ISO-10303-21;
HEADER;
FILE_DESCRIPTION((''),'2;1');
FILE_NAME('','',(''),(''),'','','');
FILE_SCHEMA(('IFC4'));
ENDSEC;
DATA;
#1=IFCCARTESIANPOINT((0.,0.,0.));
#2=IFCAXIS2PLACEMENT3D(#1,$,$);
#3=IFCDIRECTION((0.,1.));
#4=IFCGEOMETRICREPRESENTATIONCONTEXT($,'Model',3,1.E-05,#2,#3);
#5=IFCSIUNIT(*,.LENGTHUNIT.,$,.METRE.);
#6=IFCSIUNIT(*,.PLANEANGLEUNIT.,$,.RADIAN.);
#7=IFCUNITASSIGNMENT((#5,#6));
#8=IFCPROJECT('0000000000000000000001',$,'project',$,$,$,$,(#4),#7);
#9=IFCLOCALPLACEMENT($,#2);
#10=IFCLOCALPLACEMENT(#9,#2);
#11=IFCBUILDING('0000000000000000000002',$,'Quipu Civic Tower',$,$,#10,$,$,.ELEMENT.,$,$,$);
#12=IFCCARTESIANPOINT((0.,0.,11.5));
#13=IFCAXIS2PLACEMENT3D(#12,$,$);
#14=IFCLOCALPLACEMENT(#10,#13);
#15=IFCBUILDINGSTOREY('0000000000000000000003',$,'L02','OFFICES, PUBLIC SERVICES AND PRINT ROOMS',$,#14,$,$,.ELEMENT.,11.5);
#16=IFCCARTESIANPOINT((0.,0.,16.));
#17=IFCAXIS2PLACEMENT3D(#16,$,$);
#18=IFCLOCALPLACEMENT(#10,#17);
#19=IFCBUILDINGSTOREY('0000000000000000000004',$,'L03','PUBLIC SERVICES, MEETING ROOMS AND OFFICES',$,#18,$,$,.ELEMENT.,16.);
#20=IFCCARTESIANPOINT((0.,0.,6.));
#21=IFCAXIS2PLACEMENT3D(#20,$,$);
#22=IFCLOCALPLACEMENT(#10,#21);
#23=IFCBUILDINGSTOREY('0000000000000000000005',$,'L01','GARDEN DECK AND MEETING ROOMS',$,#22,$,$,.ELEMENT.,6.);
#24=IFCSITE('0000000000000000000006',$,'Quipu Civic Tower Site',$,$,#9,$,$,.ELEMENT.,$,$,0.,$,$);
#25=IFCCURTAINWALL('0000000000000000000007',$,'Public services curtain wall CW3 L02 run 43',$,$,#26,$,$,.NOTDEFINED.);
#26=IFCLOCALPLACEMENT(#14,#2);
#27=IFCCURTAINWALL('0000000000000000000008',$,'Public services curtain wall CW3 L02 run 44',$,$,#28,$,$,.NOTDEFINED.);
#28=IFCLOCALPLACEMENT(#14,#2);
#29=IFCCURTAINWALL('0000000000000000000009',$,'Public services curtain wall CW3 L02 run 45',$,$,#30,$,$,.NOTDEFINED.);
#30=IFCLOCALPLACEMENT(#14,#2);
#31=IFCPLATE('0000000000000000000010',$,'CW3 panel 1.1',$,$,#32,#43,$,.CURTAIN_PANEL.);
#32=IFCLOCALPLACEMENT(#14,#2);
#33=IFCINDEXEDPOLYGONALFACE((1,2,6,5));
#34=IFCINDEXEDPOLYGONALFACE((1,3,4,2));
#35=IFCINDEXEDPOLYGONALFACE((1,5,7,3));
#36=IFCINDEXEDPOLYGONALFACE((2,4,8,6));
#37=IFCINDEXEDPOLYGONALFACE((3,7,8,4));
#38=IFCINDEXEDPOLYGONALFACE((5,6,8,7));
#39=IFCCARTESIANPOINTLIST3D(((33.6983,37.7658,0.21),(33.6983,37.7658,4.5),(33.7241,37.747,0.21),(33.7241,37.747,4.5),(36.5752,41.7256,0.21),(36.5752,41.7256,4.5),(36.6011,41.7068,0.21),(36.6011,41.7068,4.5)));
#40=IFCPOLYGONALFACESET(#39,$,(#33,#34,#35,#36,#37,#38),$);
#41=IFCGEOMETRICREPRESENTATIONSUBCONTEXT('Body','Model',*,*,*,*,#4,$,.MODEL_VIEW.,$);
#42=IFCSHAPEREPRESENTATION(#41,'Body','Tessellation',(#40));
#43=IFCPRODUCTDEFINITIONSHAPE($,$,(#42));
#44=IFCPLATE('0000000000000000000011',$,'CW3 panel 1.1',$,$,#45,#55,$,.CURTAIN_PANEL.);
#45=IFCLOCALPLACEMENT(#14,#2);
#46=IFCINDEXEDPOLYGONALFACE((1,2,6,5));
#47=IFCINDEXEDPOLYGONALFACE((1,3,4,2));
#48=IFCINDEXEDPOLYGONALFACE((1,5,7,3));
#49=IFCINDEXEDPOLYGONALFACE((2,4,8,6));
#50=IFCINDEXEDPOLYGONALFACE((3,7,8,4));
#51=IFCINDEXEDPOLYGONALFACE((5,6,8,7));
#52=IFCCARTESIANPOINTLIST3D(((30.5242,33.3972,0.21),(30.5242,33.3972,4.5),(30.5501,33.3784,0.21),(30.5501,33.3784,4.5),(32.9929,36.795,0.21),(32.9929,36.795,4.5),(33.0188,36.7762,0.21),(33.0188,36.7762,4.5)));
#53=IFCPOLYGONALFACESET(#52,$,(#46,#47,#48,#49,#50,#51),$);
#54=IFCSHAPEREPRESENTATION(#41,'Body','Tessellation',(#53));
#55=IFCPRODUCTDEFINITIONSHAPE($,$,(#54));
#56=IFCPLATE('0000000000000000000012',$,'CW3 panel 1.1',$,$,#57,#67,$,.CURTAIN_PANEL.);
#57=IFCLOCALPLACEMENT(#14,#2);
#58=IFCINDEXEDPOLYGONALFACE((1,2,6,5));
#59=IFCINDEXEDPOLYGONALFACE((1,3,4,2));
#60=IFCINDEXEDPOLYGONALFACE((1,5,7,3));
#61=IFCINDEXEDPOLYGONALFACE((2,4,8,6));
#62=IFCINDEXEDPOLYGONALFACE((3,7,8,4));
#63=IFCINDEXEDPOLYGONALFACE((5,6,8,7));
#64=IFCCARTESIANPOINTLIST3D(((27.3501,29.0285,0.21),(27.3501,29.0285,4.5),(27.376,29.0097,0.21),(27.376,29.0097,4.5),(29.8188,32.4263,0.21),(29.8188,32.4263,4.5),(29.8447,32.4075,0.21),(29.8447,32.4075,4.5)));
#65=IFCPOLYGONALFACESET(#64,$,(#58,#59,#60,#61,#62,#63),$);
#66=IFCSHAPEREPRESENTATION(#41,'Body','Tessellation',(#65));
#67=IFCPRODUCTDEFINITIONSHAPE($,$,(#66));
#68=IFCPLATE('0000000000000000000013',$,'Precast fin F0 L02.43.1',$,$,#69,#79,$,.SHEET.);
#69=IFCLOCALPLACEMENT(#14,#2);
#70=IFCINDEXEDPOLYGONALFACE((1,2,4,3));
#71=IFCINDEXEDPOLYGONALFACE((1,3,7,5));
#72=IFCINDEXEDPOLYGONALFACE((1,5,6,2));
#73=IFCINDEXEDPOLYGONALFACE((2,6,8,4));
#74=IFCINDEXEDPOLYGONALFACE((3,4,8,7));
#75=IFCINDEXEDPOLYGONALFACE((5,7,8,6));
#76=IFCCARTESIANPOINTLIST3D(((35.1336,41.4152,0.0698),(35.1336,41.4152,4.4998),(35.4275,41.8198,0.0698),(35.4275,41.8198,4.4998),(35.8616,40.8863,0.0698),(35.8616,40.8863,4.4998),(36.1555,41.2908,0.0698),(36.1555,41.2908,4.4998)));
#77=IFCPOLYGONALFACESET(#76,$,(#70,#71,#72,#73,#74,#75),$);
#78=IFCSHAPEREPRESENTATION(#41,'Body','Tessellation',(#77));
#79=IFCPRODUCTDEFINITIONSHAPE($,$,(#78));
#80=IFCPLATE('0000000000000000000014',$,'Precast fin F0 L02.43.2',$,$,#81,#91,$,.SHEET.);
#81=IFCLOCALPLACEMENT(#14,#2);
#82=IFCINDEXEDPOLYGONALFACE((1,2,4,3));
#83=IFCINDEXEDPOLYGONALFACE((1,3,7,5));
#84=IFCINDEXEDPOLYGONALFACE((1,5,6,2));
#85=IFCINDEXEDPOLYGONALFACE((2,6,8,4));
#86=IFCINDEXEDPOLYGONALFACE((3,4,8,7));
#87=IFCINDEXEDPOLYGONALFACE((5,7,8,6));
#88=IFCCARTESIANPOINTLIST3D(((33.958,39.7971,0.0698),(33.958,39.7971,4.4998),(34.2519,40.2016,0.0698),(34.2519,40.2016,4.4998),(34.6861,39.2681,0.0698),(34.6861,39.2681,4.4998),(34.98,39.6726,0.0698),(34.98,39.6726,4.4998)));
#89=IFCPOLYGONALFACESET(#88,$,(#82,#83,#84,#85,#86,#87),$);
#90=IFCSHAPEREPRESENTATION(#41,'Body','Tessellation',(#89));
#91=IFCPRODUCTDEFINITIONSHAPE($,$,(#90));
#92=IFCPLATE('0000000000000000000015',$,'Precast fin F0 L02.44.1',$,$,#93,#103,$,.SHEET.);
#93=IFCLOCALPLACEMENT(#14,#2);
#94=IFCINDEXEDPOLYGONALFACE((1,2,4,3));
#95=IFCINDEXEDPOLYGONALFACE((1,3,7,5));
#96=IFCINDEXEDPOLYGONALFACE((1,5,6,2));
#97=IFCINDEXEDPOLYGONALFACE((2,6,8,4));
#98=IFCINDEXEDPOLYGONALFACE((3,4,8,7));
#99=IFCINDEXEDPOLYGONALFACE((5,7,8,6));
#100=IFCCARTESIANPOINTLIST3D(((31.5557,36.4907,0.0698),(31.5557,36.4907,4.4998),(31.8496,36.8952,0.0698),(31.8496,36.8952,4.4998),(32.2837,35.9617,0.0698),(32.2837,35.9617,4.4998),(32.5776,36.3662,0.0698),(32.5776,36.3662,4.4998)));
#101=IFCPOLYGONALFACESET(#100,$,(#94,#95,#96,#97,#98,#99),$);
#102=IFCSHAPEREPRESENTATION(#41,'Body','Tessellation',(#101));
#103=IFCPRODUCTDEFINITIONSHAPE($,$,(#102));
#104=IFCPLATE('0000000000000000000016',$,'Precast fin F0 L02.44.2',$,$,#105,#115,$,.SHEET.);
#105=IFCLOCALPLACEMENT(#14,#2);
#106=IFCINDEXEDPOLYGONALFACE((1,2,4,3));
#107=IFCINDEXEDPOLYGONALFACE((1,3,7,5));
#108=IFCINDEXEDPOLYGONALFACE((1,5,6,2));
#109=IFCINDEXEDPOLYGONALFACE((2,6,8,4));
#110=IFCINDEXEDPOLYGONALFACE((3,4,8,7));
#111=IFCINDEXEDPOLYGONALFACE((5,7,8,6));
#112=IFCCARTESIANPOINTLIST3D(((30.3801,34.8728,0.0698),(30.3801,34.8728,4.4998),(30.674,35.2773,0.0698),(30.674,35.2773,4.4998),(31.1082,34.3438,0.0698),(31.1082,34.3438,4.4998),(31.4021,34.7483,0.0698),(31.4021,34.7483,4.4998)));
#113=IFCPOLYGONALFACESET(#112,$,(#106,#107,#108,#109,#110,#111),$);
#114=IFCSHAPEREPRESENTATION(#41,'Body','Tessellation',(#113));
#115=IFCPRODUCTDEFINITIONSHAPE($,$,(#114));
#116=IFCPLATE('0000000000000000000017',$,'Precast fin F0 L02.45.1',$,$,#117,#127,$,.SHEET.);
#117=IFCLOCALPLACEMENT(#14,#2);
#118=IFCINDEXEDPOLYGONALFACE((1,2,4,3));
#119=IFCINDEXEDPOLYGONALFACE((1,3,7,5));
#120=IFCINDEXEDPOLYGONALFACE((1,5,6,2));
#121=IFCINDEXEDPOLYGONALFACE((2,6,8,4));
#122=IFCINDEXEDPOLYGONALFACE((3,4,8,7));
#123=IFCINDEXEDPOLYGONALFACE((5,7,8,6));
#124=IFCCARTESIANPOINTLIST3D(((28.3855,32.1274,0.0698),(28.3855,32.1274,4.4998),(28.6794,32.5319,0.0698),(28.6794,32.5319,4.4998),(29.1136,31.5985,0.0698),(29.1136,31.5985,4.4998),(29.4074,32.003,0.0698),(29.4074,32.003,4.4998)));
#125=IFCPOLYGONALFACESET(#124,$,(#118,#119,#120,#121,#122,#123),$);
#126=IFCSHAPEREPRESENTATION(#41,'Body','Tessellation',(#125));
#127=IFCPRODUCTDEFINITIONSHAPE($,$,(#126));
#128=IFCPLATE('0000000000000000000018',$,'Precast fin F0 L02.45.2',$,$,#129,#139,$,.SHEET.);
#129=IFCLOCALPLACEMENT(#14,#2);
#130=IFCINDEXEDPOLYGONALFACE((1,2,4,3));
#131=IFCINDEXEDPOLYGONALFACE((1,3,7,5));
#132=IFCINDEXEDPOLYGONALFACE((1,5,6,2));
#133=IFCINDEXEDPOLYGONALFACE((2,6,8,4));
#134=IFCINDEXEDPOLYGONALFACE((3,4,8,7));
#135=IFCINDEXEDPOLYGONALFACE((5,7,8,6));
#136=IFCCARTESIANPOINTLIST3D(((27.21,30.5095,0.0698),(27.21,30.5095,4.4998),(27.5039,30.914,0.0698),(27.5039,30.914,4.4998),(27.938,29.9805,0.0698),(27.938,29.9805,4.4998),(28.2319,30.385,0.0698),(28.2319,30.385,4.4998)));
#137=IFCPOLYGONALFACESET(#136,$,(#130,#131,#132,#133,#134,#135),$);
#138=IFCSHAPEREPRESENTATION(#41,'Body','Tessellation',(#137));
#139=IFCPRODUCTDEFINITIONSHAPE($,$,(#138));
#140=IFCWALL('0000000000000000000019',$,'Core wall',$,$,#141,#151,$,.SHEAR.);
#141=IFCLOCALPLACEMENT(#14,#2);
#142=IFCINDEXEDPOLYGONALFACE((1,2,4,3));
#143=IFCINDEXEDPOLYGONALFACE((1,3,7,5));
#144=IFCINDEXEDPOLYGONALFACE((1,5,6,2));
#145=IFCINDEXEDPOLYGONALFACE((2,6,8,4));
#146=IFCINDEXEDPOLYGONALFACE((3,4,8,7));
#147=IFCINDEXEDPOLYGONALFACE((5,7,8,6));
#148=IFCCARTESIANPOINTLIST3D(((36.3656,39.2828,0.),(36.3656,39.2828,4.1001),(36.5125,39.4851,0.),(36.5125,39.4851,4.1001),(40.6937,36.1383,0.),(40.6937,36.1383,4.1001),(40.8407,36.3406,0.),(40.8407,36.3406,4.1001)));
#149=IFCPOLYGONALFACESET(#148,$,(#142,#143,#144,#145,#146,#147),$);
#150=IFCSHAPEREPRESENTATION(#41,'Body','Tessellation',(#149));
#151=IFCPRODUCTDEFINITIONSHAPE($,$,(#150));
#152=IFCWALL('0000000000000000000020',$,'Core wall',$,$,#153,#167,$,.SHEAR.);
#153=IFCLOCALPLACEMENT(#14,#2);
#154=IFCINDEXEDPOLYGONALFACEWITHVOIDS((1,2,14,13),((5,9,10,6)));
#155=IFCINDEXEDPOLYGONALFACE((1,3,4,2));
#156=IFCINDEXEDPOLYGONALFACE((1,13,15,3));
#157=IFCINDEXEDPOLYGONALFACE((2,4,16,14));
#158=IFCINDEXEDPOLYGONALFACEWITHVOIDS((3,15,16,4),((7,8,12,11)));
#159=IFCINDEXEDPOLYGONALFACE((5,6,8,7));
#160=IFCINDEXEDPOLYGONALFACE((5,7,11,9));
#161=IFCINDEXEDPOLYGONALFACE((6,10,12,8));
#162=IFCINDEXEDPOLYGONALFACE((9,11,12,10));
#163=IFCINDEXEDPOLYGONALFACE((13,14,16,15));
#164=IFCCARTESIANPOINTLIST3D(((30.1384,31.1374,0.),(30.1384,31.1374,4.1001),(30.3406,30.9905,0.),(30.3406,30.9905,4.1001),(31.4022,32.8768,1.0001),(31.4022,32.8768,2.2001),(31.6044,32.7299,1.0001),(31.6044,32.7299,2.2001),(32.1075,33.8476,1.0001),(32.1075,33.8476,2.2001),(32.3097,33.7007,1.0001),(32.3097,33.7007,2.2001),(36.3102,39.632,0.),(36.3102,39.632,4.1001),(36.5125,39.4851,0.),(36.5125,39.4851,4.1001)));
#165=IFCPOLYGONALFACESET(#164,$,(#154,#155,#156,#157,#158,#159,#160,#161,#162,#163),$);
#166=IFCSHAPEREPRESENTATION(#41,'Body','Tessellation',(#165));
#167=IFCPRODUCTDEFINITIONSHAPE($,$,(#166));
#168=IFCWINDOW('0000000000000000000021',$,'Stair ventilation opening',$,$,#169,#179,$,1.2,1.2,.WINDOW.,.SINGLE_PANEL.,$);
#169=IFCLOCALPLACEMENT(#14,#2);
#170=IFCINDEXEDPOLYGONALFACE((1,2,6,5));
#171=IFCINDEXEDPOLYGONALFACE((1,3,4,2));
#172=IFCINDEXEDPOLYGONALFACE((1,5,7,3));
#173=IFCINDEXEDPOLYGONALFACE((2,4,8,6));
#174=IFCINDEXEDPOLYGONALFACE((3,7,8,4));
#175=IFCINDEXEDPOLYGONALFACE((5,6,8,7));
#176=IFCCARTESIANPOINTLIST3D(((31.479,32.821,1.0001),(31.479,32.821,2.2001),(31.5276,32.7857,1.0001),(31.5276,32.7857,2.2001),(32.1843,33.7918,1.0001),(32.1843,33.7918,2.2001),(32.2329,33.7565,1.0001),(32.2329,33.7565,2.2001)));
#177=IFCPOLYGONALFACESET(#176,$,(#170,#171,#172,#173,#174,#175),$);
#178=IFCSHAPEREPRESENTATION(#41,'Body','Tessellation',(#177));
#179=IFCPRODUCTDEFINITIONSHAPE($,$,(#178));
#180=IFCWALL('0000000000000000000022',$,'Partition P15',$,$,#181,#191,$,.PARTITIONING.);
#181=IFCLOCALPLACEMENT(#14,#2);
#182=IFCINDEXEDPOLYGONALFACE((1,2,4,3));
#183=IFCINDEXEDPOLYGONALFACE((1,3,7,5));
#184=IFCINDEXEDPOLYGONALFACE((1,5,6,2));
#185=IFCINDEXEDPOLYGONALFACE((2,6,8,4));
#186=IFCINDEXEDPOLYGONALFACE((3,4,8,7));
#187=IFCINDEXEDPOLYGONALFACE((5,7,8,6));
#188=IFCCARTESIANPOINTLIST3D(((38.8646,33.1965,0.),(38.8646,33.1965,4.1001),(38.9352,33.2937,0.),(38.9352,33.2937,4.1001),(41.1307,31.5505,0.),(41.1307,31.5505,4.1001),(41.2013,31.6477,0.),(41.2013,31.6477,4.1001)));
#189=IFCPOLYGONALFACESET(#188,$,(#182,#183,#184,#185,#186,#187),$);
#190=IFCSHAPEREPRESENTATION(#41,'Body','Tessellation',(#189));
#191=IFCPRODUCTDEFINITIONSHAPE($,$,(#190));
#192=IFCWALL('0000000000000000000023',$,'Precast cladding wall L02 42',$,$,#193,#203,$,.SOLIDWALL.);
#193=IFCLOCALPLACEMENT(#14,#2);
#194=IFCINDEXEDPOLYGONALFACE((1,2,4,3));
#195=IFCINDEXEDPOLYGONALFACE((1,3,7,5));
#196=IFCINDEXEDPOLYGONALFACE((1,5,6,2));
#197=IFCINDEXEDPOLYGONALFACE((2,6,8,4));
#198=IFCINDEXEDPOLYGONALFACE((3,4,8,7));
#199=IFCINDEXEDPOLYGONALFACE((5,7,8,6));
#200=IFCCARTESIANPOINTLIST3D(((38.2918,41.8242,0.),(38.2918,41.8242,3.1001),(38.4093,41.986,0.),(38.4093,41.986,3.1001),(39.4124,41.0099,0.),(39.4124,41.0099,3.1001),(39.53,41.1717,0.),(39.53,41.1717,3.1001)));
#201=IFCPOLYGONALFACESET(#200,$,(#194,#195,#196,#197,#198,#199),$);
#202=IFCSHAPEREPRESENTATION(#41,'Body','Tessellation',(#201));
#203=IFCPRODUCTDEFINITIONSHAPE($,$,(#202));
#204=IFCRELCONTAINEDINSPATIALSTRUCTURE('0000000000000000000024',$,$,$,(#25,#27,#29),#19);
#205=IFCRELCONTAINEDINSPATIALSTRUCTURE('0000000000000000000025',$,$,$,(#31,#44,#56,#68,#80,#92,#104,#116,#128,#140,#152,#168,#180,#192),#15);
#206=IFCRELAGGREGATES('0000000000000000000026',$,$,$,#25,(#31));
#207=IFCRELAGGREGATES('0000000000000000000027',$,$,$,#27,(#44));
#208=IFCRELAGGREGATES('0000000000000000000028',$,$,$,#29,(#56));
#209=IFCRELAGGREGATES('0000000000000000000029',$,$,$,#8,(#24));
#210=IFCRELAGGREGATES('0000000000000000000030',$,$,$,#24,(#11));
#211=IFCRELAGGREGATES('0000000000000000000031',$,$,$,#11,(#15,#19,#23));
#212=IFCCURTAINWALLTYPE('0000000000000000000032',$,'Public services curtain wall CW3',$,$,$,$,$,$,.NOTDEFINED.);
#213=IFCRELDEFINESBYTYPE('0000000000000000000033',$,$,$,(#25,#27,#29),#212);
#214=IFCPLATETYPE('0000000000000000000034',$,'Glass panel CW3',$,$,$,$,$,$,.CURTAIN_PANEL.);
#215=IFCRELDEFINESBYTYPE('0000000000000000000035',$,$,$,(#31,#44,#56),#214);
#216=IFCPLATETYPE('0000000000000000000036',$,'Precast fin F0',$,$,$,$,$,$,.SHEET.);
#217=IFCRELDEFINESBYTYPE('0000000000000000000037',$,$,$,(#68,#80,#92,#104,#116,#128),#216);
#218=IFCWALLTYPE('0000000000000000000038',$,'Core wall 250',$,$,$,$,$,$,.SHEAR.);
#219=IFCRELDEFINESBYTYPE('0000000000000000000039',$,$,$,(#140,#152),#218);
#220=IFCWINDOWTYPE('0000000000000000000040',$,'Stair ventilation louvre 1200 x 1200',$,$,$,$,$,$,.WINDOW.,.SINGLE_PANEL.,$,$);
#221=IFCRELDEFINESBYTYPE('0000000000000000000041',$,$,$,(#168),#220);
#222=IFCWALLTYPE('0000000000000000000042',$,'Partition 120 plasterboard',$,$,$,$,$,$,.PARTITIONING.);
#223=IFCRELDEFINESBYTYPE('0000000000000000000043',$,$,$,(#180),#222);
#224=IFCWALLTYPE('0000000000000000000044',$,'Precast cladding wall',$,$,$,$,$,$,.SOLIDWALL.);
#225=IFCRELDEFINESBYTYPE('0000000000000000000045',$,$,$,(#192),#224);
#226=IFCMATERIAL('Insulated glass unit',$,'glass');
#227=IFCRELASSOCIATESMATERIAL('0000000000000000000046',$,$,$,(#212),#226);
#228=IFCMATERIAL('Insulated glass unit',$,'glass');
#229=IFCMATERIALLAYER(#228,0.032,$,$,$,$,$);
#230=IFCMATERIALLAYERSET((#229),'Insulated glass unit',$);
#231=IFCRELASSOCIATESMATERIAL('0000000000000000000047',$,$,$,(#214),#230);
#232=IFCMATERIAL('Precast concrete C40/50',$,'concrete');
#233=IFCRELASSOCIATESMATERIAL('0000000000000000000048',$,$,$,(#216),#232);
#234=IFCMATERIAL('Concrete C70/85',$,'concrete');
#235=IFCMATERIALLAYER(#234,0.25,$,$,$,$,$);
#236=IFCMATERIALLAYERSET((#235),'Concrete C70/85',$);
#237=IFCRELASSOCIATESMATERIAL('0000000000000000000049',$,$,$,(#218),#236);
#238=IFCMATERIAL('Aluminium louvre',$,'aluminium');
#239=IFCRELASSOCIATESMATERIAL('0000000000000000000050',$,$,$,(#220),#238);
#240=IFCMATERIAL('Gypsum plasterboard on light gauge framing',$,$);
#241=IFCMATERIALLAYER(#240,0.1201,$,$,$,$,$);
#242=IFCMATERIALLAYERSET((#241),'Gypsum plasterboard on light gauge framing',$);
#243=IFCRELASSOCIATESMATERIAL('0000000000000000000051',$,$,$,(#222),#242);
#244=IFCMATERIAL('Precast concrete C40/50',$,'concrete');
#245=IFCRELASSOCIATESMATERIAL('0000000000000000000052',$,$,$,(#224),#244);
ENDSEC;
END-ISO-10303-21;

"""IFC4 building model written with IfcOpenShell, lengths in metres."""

from ifc_helpers import new_model, si_unit, direction, frame, frame_2d, origin, origin_2d, place, context, subcontext, project, spatial, rectangle, extrude, material, layer, layer_set, type_object, element, fill, aggregate, save


model = new_model("IFC4")

# Units and contexts
model_context = context("Model", 3, precision=1e-05, world=origin(), true_north=direction((0.0, 1.0)))
body_context = subcontext(model_context, "Body", "Model", "MODEL_VIEW")
ifc_project = project(units=[si_unit("LENGTHUNIT", "METRE"), si_unit("PLANEANGLEUNIT", "RADIAN")], contexts=[model_context])

# Site, building, storey
site_placement = place(None, origin())
site = spatial("IfcSite", under=ifc_project, at=site_placement, Name="Quipu Civic Tower Site", CompositionType="ELEMENT", RefElevation=0.0)
building_placement = place(site_placement, origin())
building = spatial("IfcBuilding", under=site, at=building_placement, Name="Quipu Civic Tower", CompositionType="ELEMENT")
storey_1_placement = place(building_placement, frame((0.0, 0.0, 11.5)))
storey_1 = spatial("IfcBuildingStorey", under=building, at=storey_1_placement, Name="L02", Description="OFFICES, PUBLIC SERVICES AND PRINT ROOMS", CompositionType="ELEMENT", Elevation=11.5)

# Shared definitions
storey_2_placement = place(building_placement, frame((0.0, 0.0, 16.0)))
storey_2 = spatial("IfcBuildingStorey", under=building, at=storey_2_placement, Name="L03", Description="PUBLIC SERVICES, MEETING ROOMS AND OFFICES", CompositionType="ELEMENT", Elevation=16.0)

# Curtain walls
ifc_material_1 = material(Name="Insulated glass unit", Category="glass")
curtain_wall_type_1 = type_object("IfcCurtainWallType", Name="Public services curtain wall CW3", PredefinedType="NOTDEFINED", material=ifc_material_1)
curtain_wall_1_placement = place(storey_2_placement, origin())
curtain_wall_1 = element("IfcCurtainWall", 1, at=curtain_wall_1_placement, inside=storey_2, type_object=curtain_wall_type_1, Name="Public services curtain wall CW3 L02 run 43", PredefinedType="NOTDEFINED")
curtain_wall_2_placement = place(storey_2_placement, origin())
curtain_wall_2 = element("IfcCurtainWall", 2, at=curtain_wall_2_placement, inside=storey_2, type_object=curtain_wall_type_1, Name="Public services curtain wall CW3 L02 run 44", PredefinedType="NOTDEFINED")
curtain_wall_3_placement = place(storey_2_placement, origin())
curtain_wall_3 = element("IfcCurtainWall", 3, at=curtain_wall_3_placement, inside=storey_2, type_object=curtain_wall_type_1, Name="Public services curtain wall CW3 L02 run 45", PredefinedType="NOTDEFINED")

# Shared definitions
storey_3_placement = place(building_placement, frame((0.0, 0.0, 6.0)))
storey_3 = spatial("IfcBuildingStorey", under=building, at=storey_3_placement, Name="L01", Description="GARDEN DECK AND MEETING ROOMS", CompositionType="ELEMENT", Elevation=6.0)

# Plates
ifc_material_2 = material(Name="Insulated glass unit", Category="glass")
ifc_layer_1 = layer(ifc_material_2, 0.032)
ifc_layer_set_1 = layer_set([ifc_layer_1], Name="Insulated glass unit")
plate_type_1 = type_object("IfcPlateType", Name="Glass panel CW3", PredefinedType="CURTAIN_PANEL", material=ifc_layer_set_1)
plate_1_placement = place(storey_1_placement, frame((35.1497, 39.7363, 0.21), z_axis=(0.0, 0.0, 1.0), x_axis=(-0.587783, -0.809019, 0.0)))
plate_1 = element("IfcPlate", 4, at=plate_1_placement, inside=storey_1, type_object=plate_type_1, Name="CW3 panel 1.1", PredefinedType="CURTAIN_PANEL", context=body_context, shape_type="SweptSolid", body=[
    extrude(rectangle(XDim=4.8945, YDim=0.032, at=origin_2d()), origin(), (0.0, 0.0, 1.0), 4.29),
])
aggregate(curtain_wall_1, [plate_1])
plate_2_placement = place(storey_1_placement, frame((31.7715, 35.0867, 0.21), z_axis=(0.0, 0.0, 1.0), x_axis=(-0.587789, -0.809014, 0.0)))
plate_2 = element("IfcPlate", 5, at=plate_2_placement, inside=storey_1, type_object=plate_type_1, Name="CW3 panel 1.1", PredefinedType="CURTAIN_PANEL", context=body_context, shape_type="SweptSolid", body=[
    extrude(rectangle(XDim=4.2, YDim=0.032, at=origin_2d()), origin(), (0.0, 0.0, 1.0), 4.29),
])
aggregate(curtain_wall_2, [plate_2])
plate_3_placement = place(storey_1_placement, frame((28.5974, 30.718, 0.21), z_axis=(0.0, 0.0, 1.0), x_axis=(-0.587785, -0.809017, 0.0)))
plate_3 = element("IfcPlate", 6, at=plate_3_placement, inside=storey_1, type_object=plate_type_1, Name="CW3 panel 1.1", PredefinedType="CURTAIN_PANEL", context=body_context, shape_type="SweptSolid", body=[
    extrude(rectangle(XDim=4.2, YDim=0.032, at=origin_2d()), origin(), (0.0, 0.0, 1.0), 4.29),
])
aggregate(curtain_wall_3, [plate_3])

# Plates
ifc_material_3 = material(Name="Precast concrete C40/50", Category="concrete")
plate_type_2 = type_object("IfcPlateType", Name="Precast fin F0", PredefinedType="SHEET", material=ifc_material_3)
for number, where, z_axis, x_axis, name in (
    (7, (35.6445, 41.353, 0.0698), (0.0, 0.0, 1.0), (-0.587785, -0.809017, 0.0), "Precast fin F0 L02.43.1"),
    (8, (34.469, 39.7349, 0.0698), (0.0, 0.0, 1.0), (-0.587785, -0.809017, 0.0), "Precast fin F0 L02.43.2"),
    (9, (32.0667, 36.4285, 0.0698), (0.0, 0.0, 1.0), (-0.587785, -0.809017, 0.0), "Precast fin F0 L02.44.1"),
    (10, (30.8911, 34.8105, 0.0698), (0.0, 0.0, 1.0), (-0.587785, -0.809017, 0.0), "Precast fin F0 L02.44.2"),
    (11, (28.8965, 32.0652, 0.0698), (0.0, 0.0, 1.0), (-0.587785, -0.809017, 0.0), "Precast fin F0 L02.45.1"),
    (12, (27.7209, 30.4473, 0.0698), (0.0, 0.0, 1.0), (-0.587785, -0.809017, 0.0), "Precast fin F0 L02.45.2"),
):
    element("IfcPlate", number, at=place(storey_1_placement, frame(where, z_axis=z_axis, x_axis=x_axis)), inside=storey_1, type_object=plate_type_2, Name=name, PredefinedType="SHEET", context=body_context, shape_type="SweptSolid", body=[
        extrude(rectangle(XDim=0.5, YDim=0.8999, at=origin_2d()), origin(), (0.0, 0.0, 1.0), 4.4299),
    ])

# Wall
ifc_material_4 = material(Name="Concrete C70/85", Category="concrete")
ifc_layer_2 = layer(ifc_material_4, 0.25)
ifc_layer_set_2 = layer_set([ifc_layer_2], Name="Concrete C70/85")
wall_type_1 = type_object("IfcWallType", Name="Core wall 250", PredefinedType="SHEAR", material=ifc_layer_set_2)
wall_1_placement = place(storey_1_placement, frame((40.7671, 36.2395, 0.0), z_axis=(0.0, 0.0, 1.0), x_axis=(-0.80902, 0.587781, 0.0)))
element("IfcWall", 13, at=wall_1_placement, inside=storey_1, type_object=wall_type_1, Name="Core wall", PredefinedType="SHEAR", context=body_context, shape_type="SweptSolid", body=[
    extrude(rectangle(XDim=5.3499, YDim=0.25, at=frame_2d((2.6748, 0.0))), origin(), (0.0, 0.0, 1.0), 4.1001),
])

# Wall, opening, window
wall_2_placement = place(storey_1_placement, frame((30.2395, 31.064, 0.0), z_axis=(0.0, 0.0, 1.0), x_axis=(0.587796, 0.809009, 0.0)))
wall_2 = element("IfcWall", 14, at=wall_2_placement, inside=storey_1, type_object=wall_type_1, Name="Core wall", PredefinedType="SHEAR", context=body_context, shape_type="SweptSolid", body=[
    extrude(rectangle(XDim=10.5, YDim=0.25, at=frame_2d((5.25, 0.0))), origin(), (0.0, 0.0, 1.0), 4.1001),
])
opening_placement = place(wall_2_placement, frame((2.1499, 0.0, 1.0)))
opening = element("IfcOpeningElement", 15, at=opening_placement, cuts=wall_2, PredefinedType="OPENING", context=body_context, shape_type="SweptSolid", body=[
    extrude(rectangle(XDim=1.2, YDim=1.2, at=frame_2d((0.6001, 0.6001))), frame((0.0, 0.135, 0.0), z_axis=(0.0, -1.0, 0.0), x_axis=(1.0, 0.0, 0.0)), (0.0, 0.0, 1.0), 0.27),
])
ifc_material_5 = material(Name="Aluminium louvre", Category="aluminium")
window_type = type_object("IfcWindowType", Name="Stair ventilation louvre 1200 x 1200", PartitioningType="SINGLE_PANEL", PredefinedType="WINDOW", material=ifc_material_5)
window_placement = place(opening_placement, origin())
window = element("IfcWindow", 16, at=window_placement, inside=storey_1, type_object=window_type, Name="Stair ventilation opening", OverallHeight=1.2, OverallWidth=1.2, PartitioningType="SINGLE_PANEL", PredefinedType="WINDOW", context=body_context, shape_type="SweptSolid", body=[
    extrude(rectangle(XDim=1.2, YDim=1.2, at=frame_2d((0.6001, 0.6001))), frame((0.0, 0.03, 0.0), z_axis=(0.0, -1.0, 0.0), x_axis=(1.0, 0.0, 0.0)), (0.0, 0.0, 1.0), 0.0601),
])
fill(opening, window)

# Walls
ifc_material_6 = material(Name="Gypsum plasterboard on light gauge framing")
ifc_layer_3 = layer(ifc_material_6, 0.1201)
ifc_layer_set_3 = layer_set([ifc_layer_3], Name="Gypsum plasterboard on light gauge framing")
wall_type_2 = type_object("IfcWallType", Name="Partition 120 plasterboard", PredefinedType="PARTITIONING", material=ifc_layer_set_3)
wall_3_placement = place(storey_1_placement, frame((38.8999, 33.2451, 0.0), z_axis=(0.0, 0.0, 1.0), x_axis=(0.80909, -0.587684, 0.0)))
element("IfcWall", 17, at=wall_3_placement, inside=storey_1, type_object=wall_type_2, Name="Partition P15", PredefinedType="PARTITIONING", context=body_context, shape_type="SweptSolid", body=[
    extrude(rectangle(XDim=2.8008, YDim=0.1201, at=frame_2d((1.4004, 0.0))), origin(), (0.0, 0.0, 1.0), 4.1001),
])
ifc_material_7 = material(Name="Precast concrete C40/50", Category="concrete")
wall_type_3 = type_object("IfcWallType", Name="Precast cladding wall", PredefinedType="SOLIDWALL", material=ifc_material_7)
wall_4_placement = place(storey_1_placement, frame((39.4712, 41.0908, 0.0), z_axis=(0.0, 0.0, 1.0), x_axis=(-0.809003, 0.587805, 0.0)))
element("IfcWall", 18, at=wall_4_placement, inside=storey_1, type_object=wall_type_3, Name="Precast cladding wall L02 42", PredefinedType="SOLIDWALL", context=body_context, shape_type="SweptSolid", body=[
    extrude(rectangle(XDim=1.3853, YDim=0.2, at=frame_2d((0.6926, 0.0))), origin(), (0.0, 0.0, 1.0), 3.1001),
])

save(model, "model.ifc")
